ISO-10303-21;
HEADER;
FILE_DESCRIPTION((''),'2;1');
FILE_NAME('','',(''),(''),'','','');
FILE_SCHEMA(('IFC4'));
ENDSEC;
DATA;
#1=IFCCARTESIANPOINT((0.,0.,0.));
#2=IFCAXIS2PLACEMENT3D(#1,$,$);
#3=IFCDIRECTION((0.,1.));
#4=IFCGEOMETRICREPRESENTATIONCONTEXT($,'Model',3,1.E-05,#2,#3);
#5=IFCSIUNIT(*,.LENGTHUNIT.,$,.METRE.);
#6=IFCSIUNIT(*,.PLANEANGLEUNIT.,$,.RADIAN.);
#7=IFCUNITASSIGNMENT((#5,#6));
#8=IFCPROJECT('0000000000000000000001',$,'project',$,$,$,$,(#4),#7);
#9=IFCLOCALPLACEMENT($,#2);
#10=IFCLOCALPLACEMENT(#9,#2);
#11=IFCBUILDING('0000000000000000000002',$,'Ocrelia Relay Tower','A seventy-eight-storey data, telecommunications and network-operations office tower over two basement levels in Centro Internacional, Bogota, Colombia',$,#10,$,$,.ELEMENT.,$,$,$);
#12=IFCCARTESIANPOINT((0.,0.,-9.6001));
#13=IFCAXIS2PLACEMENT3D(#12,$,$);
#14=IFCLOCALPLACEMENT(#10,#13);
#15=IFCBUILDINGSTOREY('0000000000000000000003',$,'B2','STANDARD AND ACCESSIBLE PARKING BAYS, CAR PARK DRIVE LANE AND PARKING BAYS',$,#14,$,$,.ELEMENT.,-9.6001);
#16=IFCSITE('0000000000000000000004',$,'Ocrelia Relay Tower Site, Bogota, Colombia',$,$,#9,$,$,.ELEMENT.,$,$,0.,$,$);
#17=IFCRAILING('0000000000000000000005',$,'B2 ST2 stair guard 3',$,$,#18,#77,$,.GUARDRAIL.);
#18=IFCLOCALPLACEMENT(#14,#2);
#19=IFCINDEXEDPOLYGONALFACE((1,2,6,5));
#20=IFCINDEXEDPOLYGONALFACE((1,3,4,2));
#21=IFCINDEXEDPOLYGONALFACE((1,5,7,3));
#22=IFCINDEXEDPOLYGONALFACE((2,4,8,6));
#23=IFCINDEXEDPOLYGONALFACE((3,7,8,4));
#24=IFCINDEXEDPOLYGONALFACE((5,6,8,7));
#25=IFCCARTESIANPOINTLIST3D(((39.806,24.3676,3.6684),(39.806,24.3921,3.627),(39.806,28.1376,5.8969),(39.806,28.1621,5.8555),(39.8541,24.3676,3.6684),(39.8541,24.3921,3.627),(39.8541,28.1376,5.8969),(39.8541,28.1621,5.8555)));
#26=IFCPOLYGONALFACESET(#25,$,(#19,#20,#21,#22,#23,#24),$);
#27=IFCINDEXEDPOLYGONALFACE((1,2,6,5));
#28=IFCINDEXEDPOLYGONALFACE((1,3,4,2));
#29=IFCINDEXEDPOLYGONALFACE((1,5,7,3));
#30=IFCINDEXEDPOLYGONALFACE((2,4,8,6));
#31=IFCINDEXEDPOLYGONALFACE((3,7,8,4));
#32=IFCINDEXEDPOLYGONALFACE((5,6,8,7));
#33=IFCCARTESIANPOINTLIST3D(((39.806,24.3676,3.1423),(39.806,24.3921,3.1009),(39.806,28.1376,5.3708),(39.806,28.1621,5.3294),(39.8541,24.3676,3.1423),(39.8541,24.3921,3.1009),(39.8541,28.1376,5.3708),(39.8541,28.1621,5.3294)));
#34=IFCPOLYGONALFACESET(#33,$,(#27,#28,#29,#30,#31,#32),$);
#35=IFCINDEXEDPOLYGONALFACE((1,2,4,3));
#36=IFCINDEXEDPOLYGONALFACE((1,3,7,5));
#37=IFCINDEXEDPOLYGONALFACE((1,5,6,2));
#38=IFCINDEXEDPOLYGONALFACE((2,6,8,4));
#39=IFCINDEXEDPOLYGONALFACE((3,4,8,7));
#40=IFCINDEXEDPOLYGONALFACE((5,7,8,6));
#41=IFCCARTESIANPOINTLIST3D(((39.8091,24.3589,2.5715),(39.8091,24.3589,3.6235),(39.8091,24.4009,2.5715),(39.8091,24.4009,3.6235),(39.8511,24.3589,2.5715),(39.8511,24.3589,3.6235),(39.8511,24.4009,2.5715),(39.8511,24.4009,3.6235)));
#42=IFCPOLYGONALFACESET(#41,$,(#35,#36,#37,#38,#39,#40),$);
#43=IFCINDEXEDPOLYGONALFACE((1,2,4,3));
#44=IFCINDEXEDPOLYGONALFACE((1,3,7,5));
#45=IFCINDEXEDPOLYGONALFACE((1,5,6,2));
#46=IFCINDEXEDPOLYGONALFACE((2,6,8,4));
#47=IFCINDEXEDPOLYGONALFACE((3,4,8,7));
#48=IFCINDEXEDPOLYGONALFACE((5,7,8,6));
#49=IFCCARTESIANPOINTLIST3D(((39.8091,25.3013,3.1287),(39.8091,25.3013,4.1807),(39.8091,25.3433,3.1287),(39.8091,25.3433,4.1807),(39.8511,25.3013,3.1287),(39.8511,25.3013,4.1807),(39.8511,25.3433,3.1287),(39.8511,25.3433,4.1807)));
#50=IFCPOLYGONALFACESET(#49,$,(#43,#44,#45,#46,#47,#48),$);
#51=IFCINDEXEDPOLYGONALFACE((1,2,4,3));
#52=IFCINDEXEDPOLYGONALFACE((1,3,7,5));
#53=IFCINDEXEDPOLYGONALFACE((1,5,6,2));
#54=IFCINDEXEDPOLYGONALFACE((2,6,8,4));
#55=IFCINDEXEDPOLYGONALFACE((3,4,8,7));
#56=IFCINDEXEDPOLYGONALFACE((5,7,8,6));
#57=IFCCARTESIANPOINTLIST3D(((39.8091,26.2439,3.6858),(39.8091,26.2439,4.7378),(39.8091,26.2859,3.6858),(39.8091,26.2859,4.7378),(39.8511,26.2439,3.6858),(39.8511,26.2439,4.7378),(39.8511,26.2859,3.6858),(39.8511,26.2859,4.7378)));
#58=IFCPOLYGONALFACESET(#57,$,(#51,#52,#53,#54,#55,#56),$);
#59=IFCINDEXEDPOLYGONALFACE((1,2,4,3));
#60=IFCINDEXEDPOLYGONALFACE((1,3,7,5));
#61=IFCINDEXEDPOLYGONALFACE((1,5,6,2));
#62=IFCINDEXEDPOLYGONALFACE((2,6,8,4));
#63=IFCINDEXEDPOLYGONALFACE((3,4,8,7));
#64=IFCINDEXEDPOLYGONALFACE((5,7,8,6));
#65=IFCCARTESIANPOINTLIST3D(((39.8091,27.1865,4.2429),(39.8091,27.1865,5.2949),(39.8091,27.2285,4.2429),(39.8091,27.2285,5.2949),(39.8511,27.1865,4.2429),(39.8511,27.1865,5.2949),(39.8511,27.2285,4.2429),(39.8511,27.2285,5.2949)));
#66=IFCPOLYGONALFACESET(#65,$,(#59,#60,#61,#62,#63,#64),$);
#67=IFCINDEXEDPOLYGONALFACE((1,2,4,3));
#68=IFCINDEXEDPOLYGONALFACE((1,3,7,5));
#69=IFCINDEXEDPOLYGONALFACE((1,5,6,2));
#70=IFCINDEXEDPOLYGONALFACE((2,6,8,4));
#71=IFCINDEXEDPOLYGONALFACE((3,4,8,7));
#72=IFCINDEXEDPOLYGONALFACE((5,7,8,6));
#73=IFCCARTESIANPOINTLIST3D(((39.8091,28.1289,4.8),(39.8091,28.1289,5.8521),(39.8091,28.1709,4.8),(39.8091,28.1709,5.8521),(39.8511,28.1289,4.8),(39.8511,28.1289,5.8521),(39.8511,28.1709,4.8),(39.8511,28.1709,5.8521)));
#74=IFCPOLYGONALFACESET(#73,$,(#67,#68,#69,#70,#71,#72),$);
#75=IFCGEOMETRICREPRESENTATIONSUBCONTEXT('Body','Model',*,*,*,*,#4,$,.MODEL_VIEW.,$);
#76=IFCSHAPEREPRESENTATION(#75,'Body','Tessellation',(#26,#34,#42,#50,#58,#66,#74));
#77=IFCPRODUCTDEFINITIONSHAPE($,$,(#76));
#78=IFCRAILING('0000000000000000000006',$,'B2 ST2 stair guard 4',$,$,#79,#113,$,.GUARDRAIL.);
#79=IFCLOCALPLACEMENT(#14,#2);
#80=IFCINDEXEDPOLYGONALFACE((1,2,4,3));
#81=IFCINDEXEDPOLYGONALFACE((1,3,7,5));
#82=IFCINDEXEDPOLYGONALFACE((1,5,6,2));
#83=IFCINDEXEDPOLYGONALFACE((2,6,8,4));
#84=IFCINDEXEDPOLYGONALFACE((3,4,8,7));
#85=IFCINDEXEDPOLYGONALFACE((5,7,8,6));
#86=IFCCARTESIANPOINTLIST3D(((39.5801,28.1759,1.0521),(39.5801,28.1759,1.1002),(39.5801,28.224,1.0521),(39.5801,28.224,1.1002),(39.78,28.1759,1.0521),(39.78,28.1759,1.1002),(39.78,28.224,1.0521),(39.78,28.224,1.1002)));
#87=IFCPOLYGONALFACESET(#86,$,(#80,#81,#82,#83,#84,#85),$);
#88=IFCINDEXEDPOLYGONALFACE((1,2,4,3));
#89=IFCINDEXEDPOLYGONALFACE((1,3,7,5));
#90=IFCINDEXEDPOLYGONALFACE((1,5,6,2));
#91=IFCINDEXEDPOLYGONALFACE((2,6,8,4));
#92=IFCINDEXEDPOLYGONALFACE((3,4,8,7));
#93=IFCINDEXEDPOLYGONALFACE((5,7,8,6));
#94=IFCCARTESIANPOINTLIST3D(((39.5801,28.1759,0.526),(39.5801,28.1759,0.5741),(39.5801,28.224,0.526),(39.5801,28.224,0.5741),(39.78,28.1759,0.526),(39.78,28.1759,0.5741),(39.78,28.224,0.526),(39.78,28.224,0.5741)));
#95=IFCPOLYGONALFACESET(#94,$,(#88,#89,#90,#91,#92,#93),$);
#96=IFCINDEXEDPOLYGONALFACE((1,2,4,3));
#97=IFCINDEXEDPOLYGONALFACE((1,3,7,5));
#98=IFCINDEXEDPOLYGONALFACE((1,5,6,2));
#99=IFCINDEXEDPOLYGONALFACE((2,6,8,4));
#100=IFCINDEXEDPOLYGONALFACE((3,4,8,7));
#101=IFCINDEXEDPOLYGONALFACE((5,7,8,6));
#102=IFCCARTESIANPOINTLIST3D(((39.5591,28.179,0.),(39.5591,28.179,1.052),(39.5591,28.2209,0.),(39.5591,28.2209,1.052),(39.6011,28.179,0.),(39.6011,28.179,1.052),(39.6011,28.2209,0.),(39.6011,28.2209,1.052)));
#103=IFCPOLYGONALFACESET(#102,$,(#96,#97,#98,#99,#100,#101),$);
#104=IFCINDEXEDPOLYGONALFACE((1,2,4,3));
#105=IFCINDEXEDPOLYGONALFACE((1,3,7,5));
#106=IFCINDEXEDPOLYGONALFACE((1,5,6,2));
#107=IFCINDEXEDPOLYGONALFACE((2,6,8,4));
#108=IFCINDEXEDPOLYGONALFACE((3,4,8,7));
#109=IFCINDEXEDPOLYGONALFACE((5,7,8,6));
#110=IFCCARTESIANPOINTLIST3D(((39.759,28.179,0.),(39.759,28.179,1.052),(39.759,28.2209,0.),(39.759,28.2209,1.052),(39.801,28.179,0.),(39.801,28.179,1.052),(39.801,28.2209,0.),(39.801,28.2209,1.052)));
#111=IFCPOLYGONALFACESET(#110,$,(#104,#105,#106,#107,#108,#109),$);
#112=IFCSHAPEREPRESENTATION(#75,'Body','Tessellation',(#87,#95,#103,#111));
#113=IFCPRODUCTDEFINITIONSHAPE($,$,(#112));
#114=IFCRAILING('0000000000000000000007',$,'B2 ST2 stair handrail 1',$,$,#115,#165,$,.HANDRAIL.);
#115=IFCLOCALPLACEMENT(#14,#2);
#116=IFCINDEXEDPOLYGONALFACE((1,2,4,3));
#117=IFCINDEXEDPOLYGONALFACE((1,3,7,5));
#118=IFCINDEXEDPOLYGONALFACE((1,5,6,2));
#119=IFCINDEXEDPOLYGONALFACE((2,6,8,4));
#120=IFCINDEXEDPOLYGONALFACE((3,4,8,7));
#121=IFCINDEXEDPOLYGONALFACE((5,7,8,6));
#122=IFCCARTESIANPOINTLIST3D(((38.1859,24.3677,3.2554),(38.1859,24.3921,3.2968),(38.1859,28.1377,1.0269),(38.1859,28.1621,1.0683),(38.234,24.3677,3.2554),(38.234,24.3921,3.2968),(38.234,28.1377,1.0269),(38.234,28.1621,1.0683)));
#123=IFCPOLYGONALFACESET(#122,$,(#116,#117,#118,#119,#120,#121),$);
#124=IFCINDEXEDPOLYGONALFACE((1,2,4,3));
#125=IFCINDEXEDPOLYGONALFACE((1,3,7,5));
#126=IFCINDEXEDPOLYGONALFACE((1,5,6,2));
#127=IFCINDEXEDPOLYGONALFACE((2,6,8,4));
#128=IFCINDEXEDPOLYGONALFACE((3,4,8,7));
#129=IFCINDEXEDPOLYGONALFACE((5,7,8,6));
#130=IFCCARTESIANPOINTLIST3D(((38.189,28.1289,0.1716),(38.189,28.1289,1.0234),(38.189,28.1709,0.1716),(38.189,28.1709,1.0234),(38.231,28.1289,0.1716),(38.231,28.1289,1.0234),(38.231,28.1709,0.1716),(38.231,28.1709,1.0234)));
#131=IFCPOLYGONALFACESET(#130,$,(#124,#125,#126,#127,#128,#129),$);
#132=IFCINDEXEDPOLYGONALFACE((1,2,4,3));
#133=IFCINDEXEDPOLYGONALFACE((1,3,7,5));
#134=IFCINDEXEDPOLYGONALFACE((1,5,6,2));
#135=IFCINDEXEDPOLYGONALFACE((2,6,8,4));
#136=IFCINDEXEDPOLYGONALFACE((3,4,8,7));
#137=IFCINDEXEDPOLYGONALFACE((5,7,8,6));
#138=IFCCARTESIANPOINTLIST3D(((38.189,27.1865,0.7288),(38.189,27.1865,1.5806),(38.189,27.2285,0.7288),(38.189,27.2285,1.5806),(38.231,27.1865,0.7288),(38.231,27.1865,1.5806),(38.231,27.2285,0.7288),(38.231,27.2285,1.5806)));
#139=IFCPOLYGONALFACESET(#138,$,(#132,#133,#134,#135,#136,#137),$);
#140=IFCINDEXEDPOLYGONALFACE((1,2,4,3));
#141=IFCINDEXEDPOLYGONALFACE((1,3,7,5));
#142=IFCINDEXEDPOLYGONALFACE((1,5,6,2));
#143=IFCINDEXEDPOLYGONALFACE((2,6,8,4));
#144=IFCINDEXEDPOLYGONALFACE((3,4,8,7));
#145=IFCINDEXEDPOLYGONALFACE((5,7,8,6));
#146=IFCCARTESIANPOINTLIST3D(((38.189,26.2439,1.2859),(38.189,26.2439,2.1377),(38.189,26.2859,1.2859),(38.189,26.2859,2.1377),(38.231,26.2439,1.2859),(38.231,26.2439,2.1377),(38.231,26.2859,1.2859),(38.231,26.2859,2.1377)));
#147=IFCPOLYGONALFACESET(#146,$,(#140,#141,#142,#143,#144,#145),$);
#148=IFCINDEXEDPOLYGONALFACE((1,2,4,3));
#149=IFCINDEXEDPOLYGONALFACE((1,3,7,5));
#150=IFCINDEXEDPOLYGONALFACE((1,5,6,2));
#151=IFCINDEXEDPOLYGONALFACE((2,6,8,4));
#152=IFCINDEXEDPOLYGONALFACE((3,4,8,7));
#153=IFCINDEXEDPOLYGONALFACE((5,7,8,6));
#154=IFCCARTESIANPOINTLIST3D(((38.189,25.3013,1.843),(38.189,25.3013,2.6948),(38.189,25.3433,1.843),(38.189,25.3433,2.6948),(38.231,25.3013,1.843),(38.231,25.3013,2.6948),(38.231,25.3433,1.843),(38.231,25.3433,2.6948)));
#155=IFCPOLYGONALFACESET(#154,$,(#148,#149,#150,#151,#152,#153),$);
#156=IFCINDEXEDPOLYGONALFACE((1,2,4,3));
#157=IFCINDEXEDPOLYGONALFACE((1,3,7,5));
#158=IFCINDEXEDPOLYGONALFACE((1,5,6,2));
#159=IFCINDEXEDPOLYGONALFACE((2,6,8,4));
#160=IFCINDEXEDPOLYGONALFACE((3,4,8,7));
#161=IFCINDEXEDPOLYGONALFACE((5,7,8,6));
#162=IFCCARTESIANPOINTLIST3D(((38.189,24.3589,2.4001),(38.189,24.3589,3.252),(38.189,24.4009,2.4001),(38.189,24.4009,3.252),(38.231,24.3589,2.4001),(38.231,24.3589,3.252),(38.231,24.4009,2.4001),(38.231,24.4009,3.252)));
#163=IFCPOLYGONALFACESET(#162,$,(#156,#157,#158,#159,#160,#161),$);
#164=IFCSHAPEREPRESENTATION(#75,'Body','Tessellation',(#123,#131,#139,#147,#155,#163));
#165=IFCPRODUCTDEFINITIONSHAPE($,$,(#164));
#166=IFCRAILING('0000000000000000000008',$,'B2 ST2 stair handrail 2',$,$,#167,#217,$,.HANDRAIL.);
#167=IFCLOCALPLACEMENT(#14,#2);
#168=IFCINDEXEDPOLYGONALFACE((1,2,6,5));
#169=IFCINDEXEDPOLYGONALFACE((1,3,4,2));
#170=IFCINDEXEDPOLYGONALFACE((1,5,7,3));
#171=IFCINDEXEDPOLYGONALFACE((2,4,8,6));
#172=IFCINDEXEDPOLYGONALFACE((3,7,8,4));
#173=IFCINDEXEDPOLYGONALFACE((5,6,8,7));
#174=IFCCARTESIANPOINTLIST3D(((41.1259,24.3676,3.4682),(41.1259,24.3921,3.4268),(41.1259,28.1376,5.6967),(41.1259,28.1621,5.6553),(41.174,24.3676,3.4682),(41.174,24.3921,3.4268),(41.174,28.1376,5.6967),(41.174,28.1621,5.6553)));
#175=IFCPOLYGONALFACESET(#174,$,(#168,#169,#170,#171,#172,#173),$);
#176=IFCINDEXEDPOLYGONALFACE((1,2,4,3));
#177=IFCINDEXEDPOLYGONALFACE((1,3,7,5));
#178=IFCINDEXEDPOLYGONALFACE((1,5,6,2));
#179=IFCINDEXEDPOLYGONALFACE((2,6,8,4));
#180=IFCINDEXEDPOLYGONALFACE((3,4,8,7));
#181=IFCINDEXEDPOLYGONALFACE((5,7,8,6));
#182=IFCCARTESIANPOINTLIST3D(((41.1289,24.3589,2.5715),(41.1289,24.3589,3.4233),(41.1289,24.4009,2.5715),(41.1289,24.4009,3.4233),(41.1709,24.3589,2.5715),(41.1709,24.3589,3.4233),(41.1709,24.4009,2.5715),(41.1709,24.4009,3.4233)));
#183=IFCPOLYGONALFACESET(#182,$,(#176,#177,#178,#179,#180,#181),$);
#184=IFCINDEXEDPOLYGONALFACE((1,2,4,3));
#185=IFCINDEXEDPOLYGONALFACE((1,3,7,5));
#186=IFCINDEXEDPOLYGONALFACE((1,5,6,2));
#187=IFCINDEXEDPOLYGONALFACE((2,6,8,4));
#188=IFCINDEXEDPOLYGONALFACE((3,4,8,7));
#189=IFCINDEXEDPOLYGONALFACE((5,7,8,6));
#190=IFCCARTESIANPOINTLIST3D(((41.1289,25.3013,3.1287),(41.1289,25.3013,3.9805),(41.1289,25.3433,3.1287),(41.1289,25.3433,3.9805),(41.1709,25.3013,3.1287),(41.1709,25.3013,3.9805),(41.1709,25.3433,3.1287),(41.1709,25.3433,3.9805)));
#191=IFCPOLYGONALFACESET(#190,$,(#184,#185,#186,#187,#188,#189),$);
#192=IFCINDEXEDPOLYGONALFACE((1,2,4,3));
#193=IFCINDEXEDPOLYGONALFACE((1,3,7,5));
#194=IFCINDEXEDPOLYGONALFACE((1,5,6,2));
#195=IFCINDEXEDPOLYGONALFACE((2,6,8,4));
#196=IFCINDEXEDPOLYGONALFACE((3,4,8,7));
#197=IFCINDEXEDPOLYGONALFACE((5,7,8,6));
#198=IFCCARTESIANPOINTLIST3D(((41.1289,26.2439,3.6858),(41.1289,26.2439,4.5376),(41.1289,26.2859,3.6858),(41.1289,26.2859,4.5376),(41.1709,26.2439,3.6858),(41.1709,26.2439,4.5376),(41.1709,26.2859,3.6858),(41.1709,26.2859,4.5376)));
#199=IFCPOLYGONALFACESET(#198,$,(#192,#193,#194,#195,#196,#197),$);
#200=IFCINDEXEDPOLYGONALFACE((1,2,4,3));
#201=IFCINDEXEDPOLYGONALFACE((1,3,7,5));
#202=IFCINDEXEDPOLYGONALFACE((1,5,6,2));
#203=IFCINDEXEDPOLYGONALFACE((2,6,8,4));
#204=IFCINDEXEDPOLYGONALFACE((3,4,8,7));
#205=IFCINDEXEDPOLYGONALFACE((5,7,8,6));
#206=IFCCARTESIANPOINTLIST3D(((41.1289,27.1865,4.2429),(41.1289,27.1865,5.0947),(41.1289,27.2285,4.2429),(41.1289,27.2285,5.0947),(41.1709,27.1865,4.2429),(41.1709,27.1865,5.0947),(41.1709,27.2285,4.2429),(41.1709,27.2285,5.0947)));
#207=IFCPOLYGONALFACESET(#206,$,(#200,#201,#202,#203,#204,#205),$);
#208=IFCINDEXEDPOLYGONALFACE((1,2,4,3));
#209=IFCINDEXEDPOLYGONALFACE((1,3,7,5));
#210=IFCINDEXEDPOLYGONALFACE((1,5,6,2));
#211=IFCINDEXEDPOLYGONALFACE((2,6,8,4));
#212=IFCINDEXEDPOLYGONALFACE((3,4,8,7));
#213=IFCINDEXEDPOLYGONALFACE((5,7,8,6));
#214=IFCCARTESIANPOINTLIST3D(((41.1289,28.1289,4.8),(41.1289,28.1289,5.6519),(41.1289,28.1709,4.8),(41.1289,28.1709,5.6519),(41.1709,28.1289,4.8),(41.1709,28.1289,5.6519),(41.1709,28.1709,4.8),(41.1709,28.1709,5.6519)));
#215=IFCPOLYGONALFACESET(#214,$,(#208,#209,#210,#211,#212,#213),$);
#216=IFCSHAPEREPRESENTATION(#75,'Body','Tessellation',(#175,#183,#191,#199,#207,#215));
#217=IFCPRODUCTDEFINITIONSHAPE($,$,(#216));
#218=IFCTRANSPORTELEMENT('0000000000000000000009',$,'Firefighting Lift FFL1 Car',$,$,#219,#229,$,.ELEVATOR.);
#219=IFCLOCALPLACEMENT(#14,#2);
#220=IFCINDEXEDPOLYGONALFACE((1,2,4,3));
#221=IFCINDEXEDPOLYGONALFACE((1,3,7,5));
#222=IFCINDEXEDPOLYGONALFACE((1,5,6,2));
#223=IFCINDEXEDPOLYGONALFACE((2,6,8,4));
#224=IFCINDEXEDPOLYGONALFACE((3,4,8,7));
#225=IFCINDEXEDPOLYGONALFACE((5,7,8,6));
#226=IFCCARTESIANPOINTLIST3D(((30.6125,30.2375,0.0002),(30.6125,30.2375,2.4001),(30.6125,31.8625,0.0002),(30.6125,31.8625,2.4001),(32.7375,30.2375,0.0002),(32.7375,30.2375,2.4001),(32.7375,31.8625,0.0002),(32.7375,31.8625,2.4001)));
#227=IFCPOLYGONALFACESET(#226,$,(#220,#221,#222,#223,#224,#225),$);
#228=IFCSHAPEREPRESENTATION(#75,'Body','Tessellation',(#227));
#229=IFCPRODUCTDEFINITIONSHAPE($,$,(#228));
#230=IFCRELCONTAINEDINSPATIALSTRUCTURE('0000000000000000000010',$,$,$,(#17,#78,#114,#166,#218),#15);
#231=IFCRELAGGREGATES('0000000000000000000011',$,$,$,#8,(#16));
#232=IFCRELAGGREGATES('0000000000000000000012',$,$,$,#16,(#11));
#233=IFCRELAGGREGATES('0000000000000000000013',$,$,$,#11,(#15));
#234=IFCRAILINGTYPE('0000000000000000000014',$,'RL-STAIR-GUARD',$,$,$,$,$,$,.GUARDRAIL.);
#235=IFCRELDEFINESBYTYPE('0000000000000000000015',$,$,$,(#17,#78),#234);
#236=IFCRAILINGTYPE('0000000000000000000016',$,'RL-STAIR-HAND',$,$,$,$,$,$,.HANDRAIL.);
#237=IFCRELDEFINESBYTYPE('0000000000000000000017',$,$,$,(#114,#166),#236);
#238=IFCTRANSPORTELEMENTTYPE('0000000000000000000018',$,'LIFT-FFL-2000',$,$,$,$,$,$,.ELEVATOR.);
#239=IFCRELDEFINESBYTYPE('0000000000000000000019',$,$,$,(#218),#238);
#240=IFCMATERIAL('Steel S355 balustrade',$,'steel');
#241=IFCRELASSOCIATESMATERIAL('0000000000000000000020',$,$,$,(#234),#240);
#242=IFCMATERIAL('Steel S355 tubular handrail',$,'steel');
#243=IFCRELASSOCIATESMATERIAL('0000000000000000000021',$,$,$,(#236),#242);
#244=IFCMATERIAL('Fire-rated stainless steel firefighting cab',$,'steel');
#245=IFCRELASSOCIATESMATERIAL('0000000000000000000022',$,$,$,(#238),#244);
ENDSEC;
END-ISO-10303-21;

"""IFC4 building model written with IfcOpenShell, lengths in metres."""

from ifc_helpers import new_model, si_unit, direction, frame, origin, origin_2d, place, context, subcontext, project, spatial, rectangle, extrude, material, type_object, element, save


model = new_model("IFC4")

# Units and contexts
model_context = context("Model", 3, precision=1e-05, world=origin(), true_north=direction((0.0, 1.0)))
body_context = subcontext(model_context, "Body", "Model", "MODEL_VIEW")
ifc_project = project(units=[si_unit("LENGTHUNIT", "METRE"), si_unit("PLANEANGLEUNIT", "RADIAN")], contexts=[model_context])

# Site, building, storey
site_placement = place(None, origin())
site = spatial("IfcSite", under=ifc_project, at=site_placement, Name="Ocrelia Relay Tower Site, Bogota, Colombia", CompositionType="ELEMENT", RefElevation=0.0)
building_placement = place(site_placement, origin())
building = spatial("IfcBuilding", under=site, at=building_placement, Name="Ocrelia Relay Tower", Description="A seventy-eight-storey data, telecommunications and network-operations office tower over two basement levels in Centro Internacional, Bogota, Colombia", CompositionType="ELEMENT")
storey_placement = place(building_placement, frame((0.0, 0.0, -9.6001)))
storey = spatial("IfcBuildingStorey", under=building, at=storey_placement, Name="B2", Description="STANDARD AND ACCESSIBLE PARKING BAYS, CAR PARK DRIVE LANE AND PARKING BAYS", CompositionType="ELEMENT", Elevation=-9.6001)

# Railings
ifc_material_1 = material(Name="Steel S355 balustrade", Category="steel")
railing_type_1 = type_object("IfcRailingType", Name="RL-STAIR-GUARD", PredefinedType="GUARDRAIL", material=ifc_material_1)
railing_1_placement = place(storey_placement, frame((39.8301, 24.3799, 2.5715)))
element("IfcRailing", 1, at=railing_1_placement, inside=storey, type_object=railing_type_1, Name="B2 ST2 stair guard 3", PredefinedType="GUARDRAIL", context=body_context, shape_type="SweptSolid", body=[
    extrude(rectangle(XDim=0.0481, YDim=0.0481, at=origin_2d()), frame((0.0, 0.0, 1.0762), z_axis=(0.0, 0.860849, 0.508861), x_axis=(-1.0, 0.0, 0.0)), (0.0, 0.0, 1.0), 4.3794),
    extrude(rectangle(XDim=0.0481, YDim=0.0481, at=origin_2d()), frame((0.0, 0.0, 0.55), z_axis=(0.0, 0.860849, 0.508861), x_axis=(-1.0, 0.0, 0.0)), (0.0, 0.0, 1.0), 4.3794),
    extrude(rectangle(XDim=0.042, YDim=0.042, at=origin_2d()), origin(), (0.0, 0.0, 1.0), 1.052),
    extrude(rectangle(XDim=0.042, YDim=0.042, at=origin_2d()), frame((0.0, 0.9424, 0.5571)), (0.0, 0.0, 1.0), 1.052),
    extrude(rectangle(XDim=0.042, YDim=0.042, at=origin_2d()), frame((0.0, 1.885, 1.1143)), (0.0, 0.0, 1.0), 1.052),
    extrude(rectangle(XDim=0.042, YDim=0.042, at=origin_2d()), frame((0.0, 2.8276, 1.6714)), (0.0, 0.0, 1.0), 1.052),
    extrude(rectangle(XDim=0.042, YDim=0.042, at=origin_2d()), frame((0.0, 3.77, 2.2285)), (0.0, 0.0, 1.0), 1.052),
])
railing_2_placement = place(storey_placement, frame((39.5801, 28.2, 0.0)))
element("IfcRailing", 2, at=railing_2_placement, inside=storey, type_object=railing_type_1, Name="B2 ST2 stair guard 4", PredefinedType="GUARDRAIL", context=body_context, shape_type="SweptSolid", body=[
    extrude(rectangle(XDim=0.0481, YDim=0.0481, at=origin_2d()), frame((0.0, 0.0, 1.0762), z_axis=(1.0, 0.0, 0.0), x_axis=(0.0, 1.0, 0.0)), (0.0, 0.0, 1.0), 0.2),
    extrude(rectangle(XDim=0.0481, YDim=0.0481, at=origin_2d()), frame((0.0, 0.0, 0.55), z_axis=(1.0, 0.0, 0.0), x_axis=(0.0, 1.0, 0.0)), (0.0, 0.0, 1.0), 0.2),
    extrude(rectangle(XDim=0.042, YDim=0.042, at=origin_2d()), origin(), (0.0, 0.0, 1.0), 1.052),
    extrude(rectangle(XDim=0.042, YDim=0.042, at=origin_2d()), frame((0.2, 0.0, 0.0)), (0.0, 0.0, 1.0), 1.052),
])
ifc_material_2 = material(Name="Steel S355 tubular handrail", Category="steel")
railing_type_2 = type_object("IfcRailingType", Name="RL-STAIR-HAND", PredefinedType="HANDRAIL", material=ifc_material_2)
railing_3_placement = place(storey_placement, frame((38.21, 28.1499, 0.1716)))
element("IfcRailing", 3, at=railing_3_placement, inside=storey, type_object=railing_type_2, Name="B2 ST2 stair handrail 1", PredefinedType="HANDRAIL", context=body_context, shape_type="SweptSolid", body=[
    extrude(rectangle(XDim=0.0481, YDim=0.0481, at=origin_2d()), frame((0.0, 0.0, 0.876), z_axis=(0.0, -0.860849, 0.508861), x_axis=(1.0, 0.0, 0.0)), (0.0, 0.0, 1.0), 4.3794),
    extrude(rectangle(XDim=0.042, YDim=0.042, at=origin_2d()), origin(), (0.0, 0.0, 1.0), 0.8518),
    extrude(rectangle(XDim=0.042, YDim=0.042, at=origin_2d()), frame((0.0, -0.9424, 0.5571)), (0.0, 0.0, 1.0), 0.8518),
    extrude(rectangle(XDim=0.042, YDim=0.042, at=origin_2d()), frame((0.0, -1.885, 1.1143)), (0.0, 0.0, 1.0), 0.8518),
    extrude(rectangle(XDim=0.042, YDim=0.042, at=origin_2d()), frame((0.0, -2.8276, 1.6714)), (0.0, 0.0, 1.0), 0.8518),
    extrude(rectangle(XDim=0.042, YDim=0.042, at=origin_2d()), frame((0.0, -3.77, 2.2285)), (0.0, 0.0, 1.0), 0.8518),
])
railing_4_placement = place(storey_placement, frame((41.1499, 24.3799, 2.5715)))
element("IfcRailing", 4, at=railing_4_placement, inside=storey, type_object=railing_type_2, Name="B2 ST2 stair handrail 2", PredefinedType="HANDRAIL", context=body_context, shape_type="SweptSolid", body=[
    extrude(rectangle(XDim=0.0481, YDim=0.0481, at=origin_2d()), frame((0.0, 0.0, 0.876), z_axis=(0.0, 0.860849, 0.508861), x_axis=(-1.0, 0.0, 0.0)), (0.0, 0.0, 1.0), 4.3794),
    extrude(rectangle(XDim=0.042, YDim=0.042, at=origin_2d()), origin(), (0.0, 0.0, 1.0), 0.8518),
    extrude(rectangle(XDim=0.042, YDim=0.042, at=origin_2d()), frame((0.0, 0.9424, 0.5571)), (0.0, 0.0, 1.0), 0.8518),
    extrude(rectangle(XDim=0.042, YDim=0.042, at=origin_2d()), frame((0.0, 1.885, 1.1143)), (0.0, 0.0, 1.0), 0.8518),
    extrude(rectangle(XDim=0.042, YDim=0.042, at=origin_2d()), frame((0.0, 2.8276, 1.6714)), (0.0, 0.0, 1.0), 0.8518),
    extrude(rectangle(XDim=0.042, YDim=0.042, at=origin_2d()), frame((0.0, 3.77, 2.2285)), (0.0, 0.0, 1.0), 0.8518),
])

# Transport element
ifc_material_3 = material(Name="Fire-rated stainless steel firefighting cab", Category="steel")
transport_element_type = type_object("IfcTransportElementType", Name="LIFT-FFL-2000", PredefinedType="ELEVATOR", material=ifc_material_3)
transport_element_placement = place(storey_placement, frame((31.675, 31.05, 0.0002), z_axis=(0.0, 0.0, 1.0), x_axis=(1.0, 0.0, 0.0)))
element("IfcTransportElement", 5, at=transport_element_placement, inside=storey, type_object=transport_element_type, Name="Firefighting Lift FFL1 Car", PredefinedType="ELEVATOR", context=body_context, shape_type="SweptSolid", body=[
    extrude(rectangle(XDim=2.125, YDim=1.625, at=origin_2d()), origin(), (0.0, 0.0, 1.0), 2.3999),
])

save(model, "model.ifc")
